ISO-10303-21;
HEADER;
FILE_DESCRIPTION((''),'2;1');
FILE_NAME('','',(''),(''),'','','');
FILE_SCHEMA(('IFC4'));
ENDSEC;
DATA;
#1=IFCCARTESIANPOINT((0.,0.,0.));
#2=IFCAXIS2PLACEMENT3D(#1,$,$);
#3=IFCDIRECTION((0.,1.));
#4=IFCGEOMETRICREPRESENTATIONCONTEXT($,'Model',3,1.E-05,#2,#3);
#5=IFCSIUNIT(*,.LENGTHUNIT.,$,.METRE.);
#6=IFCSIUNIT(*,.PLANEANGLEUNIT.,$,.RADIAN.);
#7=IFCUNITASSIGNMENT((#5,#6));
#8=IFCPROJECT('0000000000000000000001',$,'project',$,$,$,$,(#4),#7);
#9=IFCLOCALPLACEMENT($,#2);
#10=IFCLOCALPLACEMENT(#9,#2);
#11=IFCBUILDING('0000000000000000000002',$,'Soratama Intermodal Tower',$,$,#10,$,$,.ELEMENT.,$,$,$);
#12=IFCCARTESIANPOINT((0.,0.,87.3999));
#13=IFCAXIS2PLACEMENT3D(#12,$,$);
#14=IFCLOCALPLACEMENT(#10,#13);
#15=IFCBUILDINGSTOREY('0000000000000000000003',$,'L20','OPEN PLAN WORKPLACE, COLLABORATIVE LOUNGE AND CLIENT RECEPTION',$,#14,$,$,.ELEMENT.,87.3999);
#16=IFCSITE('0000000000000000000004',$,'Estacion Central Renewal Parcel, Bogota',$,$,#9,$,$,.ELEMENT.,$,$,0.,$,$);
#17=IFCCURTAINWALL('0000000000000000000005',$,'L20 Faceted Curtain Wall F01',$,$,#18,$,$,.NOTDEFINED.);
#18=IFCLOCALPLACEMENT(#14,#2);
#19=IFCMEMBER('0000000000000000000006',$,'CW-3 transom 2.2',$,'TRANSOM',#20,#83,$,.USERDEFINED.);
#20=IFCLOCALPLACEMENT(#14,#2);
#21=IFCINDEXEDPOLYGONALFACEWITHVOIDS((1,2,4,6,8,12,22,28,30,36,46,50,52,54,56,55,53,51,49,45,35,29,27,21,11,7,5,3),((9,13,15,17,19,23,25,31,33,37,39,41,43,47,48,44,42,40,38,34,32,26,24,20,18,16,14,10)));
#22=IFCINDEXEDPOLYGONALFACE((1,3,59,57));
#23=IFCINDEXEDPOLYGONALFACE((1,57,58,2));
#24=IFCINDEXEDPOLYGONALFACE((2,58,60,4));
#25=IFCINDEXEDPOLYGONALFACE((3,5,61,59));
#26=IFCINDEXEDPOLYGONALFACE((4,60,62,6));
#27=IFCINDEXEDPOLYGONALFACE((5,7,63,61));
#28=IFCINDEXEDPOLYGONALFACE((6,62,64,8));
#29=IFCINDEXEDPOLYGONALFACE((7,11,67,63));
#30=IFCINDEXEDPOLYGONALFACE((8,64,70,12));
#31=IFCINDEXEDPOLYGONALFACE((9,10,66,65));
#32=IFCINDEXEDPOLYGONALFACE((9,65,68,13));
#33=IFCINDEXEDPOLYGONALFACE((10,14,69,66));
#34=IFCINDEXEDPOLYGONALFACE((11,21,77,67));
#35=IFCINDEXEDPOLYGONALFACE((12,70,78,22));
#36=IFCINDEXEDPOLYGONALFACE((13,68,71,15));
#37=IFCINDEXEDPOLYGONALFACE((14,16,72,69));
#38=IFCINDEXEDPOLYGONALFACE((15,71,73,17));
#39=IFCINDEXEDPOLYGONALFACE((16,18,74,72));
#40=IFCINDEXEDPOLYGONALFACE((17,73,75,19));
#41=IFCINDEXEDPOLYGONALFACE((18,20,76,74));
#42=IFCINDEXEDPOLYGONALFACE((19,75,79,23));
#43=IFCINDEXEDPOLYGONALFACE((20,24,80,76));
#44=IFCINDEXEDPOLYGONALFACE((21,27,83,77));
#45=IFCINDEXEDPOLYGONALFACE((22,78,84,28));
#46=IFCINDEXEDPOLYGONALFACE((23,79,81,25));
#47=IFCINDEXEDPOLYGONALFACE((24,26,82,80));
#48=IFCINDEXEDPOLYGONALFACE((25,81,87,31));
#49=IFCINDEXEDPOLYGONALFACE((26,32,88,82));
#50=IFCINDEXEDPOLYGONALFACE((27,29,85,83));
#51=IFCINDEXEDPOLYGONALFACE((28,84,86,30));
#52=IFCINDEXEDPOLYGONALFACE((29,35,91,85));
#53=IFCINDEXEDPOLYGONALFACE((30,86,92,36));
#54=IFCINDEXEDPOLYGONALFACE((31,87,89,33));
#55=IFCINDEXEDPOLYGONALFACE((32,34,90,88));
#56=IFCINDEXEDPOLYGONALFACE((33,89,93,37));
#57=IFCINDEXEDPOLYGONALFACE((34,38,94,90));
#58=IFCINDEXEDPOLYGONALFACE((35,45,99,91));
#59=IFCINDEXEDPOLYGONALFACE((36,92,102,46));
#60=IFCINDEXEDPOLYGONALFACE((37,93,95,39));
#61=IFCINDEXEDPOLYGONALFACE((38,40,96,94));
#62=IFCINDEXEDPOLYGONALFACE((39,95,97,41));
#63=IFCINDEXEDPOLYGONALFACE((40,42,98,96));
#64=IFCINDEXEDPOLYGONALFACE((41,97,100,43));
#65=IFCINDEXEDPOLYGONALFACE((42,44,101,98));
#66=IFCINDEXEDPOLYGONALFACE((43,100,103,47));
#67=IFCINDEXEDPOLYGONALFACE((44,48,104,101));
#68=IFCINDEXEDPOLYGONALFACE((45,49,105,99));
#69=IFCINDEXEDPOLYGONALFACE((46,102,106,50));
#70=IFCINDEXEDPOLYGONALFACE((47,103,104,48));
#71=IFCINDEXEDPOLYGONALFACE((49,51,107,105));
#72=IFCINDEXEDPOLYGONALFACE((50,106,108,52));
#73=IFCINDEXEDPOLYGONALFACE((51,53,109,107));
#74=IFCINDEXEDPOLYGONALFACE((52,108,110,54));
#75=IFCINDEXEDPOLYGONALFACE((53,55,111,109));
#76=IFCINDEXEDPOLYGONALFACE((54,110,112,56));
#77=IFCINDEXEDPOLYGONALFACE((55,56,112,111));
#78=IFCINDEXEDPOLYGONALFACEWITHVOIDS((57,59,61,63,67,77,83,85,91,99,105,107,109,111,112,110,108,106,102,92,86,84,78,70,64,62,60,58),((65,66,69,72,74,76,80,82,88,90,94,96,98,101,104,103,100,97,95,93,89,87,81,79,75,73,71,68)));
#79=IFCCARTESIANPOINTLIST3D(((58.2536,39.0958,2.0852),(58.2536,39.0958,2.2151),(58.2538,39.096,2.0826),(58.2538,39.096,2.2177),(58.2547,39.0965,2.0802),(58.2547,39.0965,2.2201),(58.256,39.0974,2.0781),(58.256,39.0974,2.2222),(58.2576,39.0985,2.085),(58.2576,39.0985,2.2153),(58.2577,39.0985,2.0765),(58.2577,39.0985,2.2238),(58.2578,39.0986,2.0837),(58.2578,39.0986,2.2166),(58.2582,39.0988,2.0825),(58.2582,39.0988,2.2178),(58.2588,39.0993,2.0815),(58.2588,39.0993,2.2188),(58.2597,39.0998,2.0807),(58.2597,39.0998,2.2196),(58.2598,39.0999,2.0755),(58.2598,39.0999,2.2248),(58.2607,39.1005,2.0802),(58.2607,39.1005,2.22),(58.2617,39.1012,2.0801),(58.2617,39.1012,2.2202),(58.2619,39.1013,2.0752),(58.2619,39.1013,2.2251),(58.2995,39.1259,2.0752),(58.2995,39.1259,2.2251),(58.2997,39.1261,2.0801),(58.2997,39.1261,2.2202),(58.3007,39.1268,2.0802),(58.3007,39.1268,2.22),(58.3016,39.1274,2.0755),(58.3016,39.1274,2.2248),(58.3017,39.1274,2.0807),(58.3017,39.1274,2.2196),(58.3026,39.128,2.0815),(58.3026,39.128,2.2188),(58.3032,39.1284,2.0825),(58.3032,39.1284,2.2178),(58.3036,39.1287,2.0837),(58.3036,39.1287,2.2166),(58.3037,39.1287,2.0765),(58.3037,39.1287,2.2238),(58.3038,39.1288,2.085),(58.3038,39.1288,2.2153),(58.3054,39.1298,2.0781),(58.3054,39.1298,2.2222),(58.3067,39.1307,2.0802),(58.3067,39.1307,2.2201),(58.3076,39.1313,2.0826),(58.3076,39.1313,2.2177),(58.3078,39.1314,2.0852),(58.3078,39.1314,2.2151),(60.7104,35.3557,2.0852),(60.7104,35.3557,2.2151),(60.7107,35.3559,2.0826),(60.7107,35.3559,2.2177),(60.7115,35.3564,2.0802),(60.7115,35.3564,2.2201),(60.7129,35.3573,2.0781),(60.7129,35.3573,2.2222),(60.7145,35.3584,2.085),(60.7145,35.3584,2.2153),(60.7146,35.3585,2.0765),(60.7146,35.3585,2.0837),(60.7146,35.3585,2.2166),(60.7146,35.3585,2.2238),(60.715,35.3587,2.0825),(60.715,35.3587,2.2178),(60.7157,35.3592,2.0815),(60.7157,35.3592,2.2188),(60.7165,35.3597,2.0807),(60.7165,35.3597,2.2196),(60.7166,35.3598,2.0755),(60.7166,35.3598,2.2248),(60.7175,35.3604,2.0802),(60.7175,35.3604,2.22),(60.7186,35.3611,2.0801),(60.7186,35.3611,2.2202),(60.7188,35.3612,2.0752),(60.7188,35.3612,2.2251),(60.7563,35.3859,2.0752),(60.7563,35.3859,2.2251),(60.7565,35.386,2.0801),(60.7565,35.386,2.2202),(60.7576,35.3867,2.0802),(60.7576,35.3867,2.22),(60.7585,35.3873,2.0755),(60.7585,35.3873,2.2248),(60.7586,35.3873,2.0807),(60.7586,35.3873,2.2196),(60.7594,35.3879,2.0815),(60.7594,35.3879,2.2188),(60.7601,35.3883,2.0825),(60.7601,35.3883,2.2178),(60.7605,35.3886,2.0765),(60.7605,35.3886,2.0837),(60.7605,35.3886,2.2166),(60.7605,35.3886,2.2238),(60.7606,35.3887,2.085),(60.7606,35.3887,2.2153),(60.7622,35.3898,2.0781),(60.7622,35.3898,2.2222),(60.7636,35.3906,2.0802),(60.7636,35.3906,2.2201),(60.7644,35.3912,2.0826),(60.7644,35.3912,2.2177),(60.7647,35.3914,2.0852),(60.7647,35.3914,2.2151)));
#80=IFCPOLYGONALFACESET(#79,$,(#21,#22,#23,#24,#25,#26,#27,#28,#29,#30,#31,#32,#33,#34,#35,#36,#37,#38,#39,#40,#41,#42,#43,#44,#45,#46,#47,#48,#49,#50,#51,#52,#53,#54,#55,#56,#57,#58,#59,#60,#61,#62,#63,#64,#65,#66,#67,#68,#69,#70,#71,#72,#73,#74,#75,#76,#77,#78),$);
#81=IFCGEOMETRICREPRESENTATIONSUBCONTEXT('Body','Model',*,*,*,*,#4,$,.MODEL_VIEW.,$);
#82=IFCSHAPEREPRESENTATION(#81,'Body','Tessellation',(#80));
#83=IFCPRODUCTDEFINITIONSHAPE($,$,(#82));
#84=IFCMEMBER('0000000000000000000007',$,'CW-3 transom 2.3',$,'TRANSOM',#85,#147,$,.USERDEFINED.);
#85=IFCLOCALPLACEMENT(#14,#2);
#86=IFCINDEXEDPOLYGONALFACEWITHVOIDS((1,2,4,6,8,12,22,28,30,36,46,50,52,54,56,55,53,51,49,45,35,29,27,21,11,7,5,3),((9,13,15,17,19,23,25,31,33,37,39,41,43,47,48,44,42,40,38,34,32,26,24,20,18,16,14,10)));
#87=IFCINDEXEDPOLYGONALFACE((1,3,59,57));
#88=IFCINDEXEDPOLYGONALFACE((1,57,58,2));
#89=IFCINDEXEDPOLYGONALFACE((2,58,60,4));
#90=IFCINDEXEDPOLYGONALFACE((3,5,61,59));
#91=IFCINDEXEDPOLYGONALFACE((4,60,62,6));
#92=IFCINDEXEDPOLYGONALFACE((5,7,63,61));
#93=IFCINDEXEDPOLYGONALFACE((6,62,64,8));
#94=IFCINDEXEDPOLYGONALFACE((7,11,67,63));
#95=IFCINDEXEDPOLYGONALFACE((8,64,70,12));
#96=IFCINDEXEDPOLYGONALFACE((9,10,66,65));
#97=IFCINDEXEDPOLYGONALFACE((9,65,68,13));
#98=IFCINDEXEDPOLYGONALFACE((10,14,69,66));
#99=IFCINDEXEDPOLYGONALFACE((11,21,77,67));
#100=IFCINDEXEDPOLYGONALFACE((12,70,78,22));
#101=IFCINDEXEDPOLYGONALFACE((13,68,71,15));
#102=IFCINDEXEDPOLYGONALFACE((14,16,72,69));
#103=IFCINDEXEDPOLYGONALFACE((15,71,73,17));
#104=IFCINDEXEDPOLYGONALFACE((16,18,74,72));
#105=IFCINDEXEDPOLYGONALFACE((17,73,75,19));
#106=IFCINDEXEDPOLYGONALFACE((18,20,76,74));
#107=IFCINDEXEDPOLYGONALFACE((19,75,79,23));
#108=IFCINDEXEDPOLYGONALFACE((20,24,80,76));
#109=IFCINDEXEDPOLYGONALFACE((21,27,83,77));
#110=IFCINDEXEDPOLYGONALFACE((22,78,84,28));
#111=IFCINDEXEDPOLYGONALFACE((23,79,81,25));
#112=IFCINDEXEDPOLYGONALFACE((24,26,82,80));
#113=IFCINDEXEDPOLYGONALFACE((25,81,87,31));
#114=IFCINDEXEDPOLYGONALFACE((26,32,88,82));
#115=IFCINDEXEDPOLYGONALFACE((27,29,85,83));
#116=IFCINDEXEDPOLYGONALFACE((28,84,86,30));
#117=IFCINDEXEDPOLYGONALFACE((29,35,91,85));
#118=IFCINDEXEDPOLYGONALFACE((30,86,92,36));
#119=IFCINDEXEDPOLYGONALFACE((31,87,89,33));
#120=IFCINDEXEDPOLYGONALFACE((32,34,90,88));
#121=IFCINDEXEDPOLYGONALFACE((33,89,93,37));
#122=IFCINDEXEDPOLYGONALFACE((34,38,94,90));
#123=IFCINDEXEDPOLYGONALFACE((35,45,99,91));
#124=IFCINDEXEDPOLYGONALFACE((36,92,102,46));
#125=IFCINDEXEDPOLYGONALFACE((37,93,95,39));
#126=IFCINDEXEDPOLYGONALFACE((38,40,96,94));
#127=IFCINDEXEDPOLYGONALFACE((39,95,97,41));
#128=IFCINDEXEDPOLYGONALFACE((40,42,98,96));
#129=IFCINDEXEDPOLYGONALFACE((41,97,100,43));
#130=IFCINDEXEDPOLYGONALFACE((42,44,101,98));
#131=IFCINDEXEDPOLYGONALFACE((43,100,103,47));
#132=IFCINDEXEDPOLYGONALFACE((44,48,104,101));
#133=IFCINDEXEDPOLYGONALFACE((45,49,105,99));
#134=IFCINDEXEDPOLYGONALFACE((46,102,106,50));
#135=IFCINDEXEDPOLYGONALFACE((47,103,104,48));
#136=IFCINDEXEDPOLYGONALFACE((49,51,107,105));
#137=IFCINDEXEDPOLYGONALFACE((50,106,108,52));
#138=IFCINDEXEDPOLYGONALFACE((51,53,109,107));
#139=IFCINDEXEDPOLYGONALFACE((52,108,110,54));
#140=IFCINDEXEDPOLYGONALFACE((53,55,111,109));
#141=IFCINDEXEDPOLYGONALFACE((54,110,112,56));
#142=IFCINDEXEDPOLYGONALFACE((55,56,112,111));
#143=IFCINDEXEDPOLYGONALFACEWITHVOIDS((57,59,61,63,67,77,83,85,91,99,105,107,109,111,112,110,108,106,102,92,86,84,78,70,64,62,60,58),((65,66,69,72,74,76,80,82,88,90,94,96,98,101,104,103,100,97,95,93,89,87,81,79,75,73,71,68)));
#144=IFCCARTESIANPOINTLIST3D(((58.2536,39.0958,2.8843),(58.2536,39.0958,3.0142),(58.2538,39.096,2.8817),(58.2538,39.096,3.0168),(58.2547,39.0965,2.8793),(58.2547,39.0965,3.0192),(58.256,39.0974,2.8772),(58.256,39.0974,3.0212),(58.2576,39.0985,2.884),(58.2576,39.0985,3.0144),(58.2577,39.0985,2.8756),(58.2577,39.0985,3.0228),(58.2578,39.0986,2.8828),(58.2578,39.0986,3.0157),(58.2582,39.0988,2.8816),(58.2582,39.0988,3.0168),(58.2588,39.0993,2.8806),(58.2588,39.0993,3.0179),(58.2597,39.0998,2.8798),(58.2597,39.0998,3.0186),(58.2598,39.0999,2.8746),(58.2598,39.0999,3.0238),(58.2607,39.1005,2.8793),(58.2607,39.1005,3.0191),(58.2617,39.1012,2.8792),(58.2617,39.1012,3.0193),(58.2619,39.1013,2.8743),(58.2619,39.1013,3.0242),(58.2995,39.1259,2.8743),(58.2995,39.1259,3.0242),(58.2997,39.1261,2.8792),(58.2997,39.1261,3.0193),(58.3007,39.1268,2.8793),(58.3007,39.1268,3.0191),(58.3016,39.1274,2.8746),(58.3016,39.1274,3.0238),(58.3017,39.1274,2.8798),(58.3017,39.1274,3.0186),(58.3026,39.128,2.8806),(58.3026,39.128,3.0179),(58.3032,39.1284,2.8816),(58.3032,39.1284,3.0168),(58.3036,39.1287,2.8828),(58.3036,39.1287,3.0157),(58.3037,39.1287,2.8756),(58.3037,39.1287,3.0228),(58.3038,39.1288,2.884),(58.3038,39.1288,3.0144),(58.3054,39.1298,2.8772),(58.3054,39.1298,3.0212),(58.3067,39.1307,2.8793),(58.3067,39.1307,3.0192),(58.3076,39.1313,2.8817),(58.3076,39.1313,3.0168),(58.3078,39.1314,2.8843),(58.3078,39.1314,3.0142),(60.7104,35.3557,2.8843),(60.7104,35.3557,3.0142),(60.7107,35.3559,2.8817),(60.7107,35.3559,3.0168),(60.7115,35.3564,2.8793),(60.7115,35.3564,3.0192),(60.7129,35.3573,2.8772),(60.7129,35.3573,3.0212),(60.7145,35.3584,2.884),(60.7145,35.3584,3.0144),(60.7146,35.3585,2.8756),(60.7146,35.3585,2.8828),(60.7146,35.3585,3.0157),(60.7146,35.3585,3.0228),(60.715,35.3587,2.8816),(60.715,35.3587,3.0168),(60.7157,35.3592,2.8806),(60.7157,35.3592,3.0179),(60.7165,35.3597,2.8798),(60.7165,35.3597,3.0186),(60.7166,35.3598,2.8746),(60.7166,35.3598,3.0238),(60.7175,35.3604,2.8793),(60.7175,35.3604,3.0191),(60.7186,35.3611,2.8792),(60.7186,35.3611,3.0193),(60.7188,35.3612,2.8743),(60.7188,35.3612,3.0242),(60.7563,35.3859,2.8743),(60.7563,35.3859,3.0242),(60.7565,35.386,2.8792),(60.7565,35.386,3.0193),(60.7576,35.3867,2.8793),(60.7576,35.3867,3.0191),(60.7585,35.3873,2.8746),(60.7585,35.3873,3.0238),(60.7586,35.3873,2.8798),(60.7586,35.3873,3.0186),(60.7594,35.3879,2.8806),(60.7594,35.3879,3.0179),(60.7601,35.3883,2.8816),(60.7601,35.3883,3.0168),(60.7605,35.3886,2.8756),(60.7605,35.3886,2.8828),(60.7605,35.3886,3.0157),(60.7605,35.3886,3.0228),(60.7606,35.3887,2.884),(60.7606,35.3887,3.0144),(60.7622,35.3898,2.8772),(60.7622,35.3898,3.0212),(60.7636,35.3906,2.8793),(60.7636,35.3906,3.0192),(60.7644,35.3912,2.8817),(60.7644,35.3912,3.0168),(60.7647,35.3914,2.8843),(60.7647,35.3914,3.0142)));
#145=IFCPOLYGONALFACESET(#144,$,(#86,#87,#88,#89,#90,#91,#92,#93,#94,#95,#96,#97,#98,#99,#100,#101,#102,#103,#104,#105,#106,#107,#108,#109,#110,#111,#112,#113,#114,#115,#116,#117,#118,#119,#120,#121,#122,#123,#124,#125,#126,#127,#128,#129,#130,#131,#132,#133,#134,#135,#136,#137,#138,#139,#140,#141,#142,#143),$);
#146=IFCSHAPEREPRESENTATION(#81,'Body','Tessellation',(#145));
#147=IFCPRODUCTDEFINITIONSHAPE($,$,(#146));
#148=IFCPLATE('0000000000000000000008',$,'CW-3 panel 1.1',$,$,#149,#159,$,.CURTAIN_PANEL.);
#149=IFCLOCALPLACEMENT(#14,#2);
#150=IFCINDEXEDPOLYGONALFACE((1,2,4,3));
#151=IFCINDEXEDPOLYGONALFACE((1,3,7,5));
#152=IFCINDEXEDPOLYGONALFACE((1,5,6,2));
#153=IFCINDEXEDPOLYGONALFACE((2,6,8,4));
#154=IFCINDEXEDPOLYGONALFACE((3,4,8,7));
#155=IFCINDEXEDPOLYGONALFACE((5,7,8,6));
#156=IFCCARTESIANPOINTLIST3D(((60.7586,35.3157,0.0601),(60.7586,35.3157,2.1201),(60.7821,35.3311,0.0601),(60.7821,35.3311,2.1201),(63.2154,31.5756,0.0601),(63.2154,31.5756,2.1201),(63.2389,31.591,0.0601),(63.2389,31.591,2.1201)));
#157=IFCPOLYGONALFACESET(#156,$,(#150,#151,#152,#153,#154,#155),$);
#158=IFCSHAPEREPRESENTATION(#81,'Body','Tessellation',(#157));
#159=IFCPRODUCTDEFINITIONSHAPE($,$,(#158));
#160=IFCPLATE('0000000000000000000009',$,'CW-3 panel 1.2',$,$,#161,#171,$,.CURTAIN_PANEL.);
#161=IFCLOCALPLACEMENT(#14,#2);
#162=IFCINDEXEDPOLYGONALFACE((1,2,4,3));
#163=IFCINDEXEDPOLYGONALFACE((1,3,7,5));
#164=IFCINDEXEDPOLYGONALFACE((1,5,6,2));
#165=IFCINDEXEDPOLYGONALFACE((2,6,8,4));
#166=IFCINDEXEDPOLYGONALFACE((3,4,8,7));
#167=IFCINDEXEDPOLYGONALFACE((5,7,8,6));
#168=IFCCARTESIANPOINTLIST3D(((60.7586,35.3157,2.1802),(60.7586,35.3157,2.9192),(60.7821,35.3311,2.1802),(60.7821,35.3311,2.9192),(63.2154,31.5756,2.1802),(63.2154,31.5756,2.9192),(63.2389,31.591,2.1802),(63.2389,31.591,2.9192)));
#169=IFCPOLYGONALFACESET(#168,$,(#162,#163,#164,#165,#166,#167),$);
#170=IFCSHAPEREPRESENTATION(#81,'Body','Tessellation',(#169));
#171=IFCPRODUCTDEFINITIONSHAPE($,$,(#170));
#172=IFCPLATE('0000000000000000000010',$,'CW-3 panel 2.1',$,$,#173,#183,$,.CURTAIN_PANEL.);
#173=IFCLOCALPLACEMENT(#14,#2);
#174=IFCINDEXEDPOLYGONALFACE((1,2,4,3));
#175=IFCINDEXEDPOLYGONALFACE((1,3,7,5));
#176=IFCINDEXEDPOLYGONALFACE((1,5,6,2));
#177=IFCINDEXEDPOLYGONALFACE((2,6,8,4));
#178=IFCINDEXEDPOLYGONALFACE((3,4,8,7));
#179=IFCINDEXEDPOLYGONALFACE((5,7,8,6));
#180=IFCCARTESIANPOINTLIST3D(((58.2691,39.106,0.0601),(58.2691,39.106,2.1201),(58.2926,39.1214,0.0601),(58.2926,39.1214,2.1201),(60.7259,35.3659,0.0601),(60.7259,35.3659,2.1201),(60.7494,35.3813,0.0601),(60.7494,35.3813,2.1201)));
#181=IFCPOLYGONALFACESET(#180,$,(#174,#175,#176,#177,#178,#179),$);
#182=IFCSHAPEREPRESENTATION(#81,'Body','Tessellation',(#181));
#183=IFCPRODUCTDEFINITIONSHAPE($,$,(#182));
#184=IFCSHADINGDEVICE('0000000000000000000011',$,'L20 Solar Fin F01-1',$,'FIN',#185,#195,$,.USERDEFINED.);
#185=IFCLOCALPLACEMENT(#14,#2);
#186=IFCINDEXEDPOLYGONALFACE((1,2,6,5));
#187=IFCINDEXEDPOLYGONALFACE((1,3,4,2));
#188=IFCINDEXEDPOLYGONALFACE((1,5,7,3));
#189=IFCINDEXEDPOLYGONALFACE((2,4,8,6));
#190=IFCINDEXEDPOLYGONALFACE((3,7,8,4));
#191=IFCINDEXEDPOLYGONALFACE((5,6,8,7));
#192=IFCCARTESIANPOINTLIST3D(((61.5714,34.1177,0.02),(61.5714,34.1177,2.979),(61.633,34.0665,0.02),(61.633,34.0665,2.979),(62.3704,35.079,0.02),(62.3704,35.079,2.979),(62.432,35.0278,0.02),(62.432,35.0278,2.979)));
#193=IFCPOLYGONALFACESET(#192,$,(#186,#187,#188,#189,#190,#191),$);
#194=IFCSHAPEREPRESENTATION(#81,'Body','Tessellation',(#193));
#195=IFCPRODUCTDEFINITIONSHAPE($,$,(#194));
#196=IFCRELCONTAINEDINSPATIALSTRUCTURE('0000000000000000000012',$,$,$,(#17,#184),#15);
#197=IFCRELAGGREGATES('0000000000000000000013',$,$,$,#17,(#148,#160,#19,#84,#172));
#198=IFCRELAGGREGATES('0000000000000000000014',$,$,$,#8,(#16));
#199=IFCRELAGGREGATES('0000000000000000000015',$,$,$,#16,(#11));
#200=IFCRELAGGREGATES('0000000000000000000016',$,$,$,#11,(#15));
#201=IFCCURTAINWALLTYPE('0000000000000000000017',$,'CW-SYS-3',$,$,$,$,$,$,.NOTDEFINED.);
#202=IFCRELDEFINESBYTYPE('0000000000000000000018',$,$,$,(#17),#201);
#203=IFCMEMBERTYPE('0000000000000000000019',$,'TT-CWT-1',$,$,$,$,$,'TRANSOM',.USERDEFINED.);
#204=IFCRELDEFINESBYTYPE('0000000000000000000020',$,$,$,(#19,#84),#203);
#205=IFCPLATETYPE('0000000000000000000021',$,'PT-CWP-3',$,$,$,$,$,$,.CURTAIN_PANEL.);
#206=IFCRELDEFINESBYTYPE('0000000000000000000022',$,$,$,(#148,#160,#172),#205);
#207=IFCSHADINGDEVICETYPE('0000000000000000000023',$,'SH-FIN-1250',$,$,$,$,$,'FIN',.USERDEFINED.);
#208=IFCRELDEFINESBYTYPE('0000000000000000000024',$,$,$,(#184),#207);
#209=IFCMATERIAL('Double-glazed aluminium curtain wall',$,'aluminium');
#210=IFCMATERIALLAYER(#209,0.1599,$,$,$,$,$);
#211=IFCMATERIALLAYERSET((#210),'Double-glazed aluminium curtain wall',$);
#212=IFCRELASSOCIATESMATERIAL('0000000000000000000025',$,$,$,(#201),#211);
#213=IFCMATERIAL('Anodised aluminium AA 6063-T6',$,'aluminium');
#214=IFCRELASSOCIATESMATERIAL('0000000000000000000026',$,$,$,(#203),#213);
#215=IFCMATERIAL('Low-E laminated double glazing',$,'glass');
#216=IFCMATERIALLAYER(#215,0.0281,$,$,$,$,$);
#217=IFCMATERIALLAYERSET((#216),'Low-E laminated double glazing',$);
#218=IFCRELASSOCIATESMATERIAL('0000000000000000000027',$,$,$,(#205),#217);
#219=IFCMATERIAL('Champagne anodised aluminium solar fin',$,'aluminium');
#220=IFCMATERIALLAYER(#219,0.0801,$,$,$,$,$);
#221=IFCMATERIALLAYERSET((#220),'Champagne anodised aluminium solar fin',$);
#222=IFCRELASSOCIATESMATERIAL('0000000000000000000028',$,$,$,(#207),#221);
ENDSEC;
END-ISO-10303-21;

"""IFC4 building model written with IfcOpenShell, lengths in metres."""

from ifc_helpers import new_model, si_unit, direction, frame, origin, origin_2d, place, context, subcontext, project, spatial, rectangle, hollow_rectangle, extrude, material, layer, layer_set, material_profile, profile_set, type_object, element, aggregate, save


model = new_model("IFC4")

# Units and contexts
model_context = context("Model", 3, precision=1e-05, world=origin(), true_north=direction((0.0, 1.0)))
body_context = subcontext(model_context, "Body", "Model", "MODEL_VIEW")
ifc_project = project(units=[si_unit("LENGTHUNIT", "METRE"), si_unit("PLANEANGLEUNIT", "RADIAN")], contexts=[model_context])

# Site, building, storey
site_placement = place(None, origin())
site = spatial("IfcSite", under=ifc_project, at=site_placement, Name="Estacion Central Renewal Parcel, Bogota", CompositionType="ELEMENT", RefElevation=0.0)
building_placement = place(site_placement, origin())
building = spatial("IfcBuilding", under=site, at=building_placement, Name="Soratama Intermodal Tower", CompositionType="ELEMENT")
storey_placement = place(building_placement, frame((0.0, 0.0, 87.3999)))
storey = spatial("IfcBuildingStorey", under=building, at=storey_placement, Name="L20", Description="OPEN PLAN WORKPLACE, COLLABORATIVE LOUNGE AND CLIENT RECEPTION", CompositionType="ELEMENT", Elevation=87.3999)

# Curtain wall, members, plates
ifc_material_1 = material(Name="Double-glazed aluminium curtain wall", Category="aluminium")
ifc_layer_1 = layer(ifc_material_1, 0.1599)
ifc_layer_set_1 = layer_set([ifc_layer_1], Name="Double-glazed aluminium curtain wall")
curtain_wall_type = type_object("IfcCurtainWallType", Name="CW-SYS-3", PredefinedType="NOTDEFINED", material=ifc_layer_set_1)
curtain_wall_placement = place(storey_placement, origin())
curtain_wall = element("IfcCurtainWall", 1, at=curtain_wall_placement, inside=storey, type_object=curtain_wall_type, Name="L20 Faceted Curtain Wall F01", PredefinedType="NOTDEFINED")
ifc_material_2 = material(Name="Anodised aluminium AA 6063-T6", Category="aluminium")
ifc_material_profile_1 = material_profile(ifc_material_2, hollow_rectangle(XDim=0.0649, YDim=0.1499, WallThickness=0.0049, InnerFilletRadius=0.0049, OuterFilletRadius=0.01, at=origin_2d()), Name="CWT150X65X5")
ifc_profile_set_1 = profile_set([ifc_material_profile_1], Name="Anodised aluminium AA 6063-T6")
member_type_1 = type_object("IfcMemberType", Name="TT-CWT-1", ElementType="TRANSOM", PredefinedType="USERDEFINED", material=ifc_profile_set_1)
member_1_placement = place(storey_placement, frame((60.7375, 35.3735, 2.1501), z_axis=(-0.549034, 0.8358, 0.0), x_axis=(-0.8358, -0.549034, 0.0)))
member_1 = element("IfcMember", 2, at=member_1_placement, type_object=member_type_1, Name="CW-3 transom 2.2", ObjectType="TRANSOM", PredefinedType="USERDEFINED", context=body_context, shape_type="SweptSolid", body=[
    extrude(hollow_rectangle(XDim=0.0649, YDim=0.1499, WallThickness=0.0049, InnerFilletRadius=0.0049, OuterFilletRadius=0.01, at=origin_2d()), origin(), (0.0, 0.0, 1.0), 4.4749),
])
member_2_placement = place(storey_placement, frame((60.7375, 35.3735, 2.9492), z_axis=(-0.549034, 0.8358, 0.0), x_axis=(-0.8358, -0.549034, 0.0)))
member_2 = element("IfcMember", 3, at=member_2_placement, type_object=member_type_1, Name="CW-3 transom 2.3", ObjectType="TRANSOM", PredefinedType="USERDEFINED", context=body_context, shape_type="SweptSolid", body=[
    extrude(hollow_rectangle(XDim=0.0649, YDim=0.1499, WallThickness=0.0049, InnerFilletRadius=0.0049, OuterFilletRadius=0.01, at=origin_2d()), origin(), (0.0, 0.0, 1.0), 4.4749),
])
ifc_material_3 = material(Name="Low-E laminated double glazing", Category="glass")
ifc_layer_2 = layer(ifc_material_3, 0.0281)
ifc_layer_set_2 = layer_set([ifc_layer_2], Name="Low-E laminated double glazing")
plate_type = type_object("IfcPlateType", Name="PT-CWP-3", PredefinedType="CURTAIN_PANEL", material=ifc_layer_set_2)
plate_1_placement = place(storey_placement, frame((61.9988, 33.4534, 0.0601), z_axis=(0.0, 0.0, 1.0), x_axis=(-0.549023, 0.835807, 0.0)))
plate_1 = element("IfcPlate", 4, at=plate_1_placement, type_object=plate_type, Name="CW-3 panel 1.1", PredefinedType="CURTAIN_PANEL", context=body_context, shape_type="SweptSolid", body=[
    extrude(rectangle(XDim=4.4749, YDim=0.0281, at=origin_2d()), origin(), (0.0, 0.0, 1.0), 2.0601),
])
plate_2_placement = place(storey_placement, frame((61.9988, 33.4534, 2.1802), z_axis=(0.0, 0.0, 1.0), x_axis=(-0.549023, 0.835807, 0.0)))
plate_2 = element("IfcPlate", 5, at=plate_2_placement, type_object=plate_type, Name="CW-3 panel 1.2", PredefinedType="CURTAIN_PANEL", context=body_context, shape_type="SweptSolid", body=[
    extrude(rectangle(XDim=4.4749, YDim=0.0281, at=origin_2d()), origin(), (0.0, 0.0, 1.0), 0.739),
])
plate_3_placement = place(storey_placement, frame((59.5093, 37.2437, 0.0601), z_axis=(0.0, 0.0, 1.0), x_axis=(-0.549023, 0.835807, 0.0)))
plate_3 = element("IfcPlate", 6, at=plate_3_placement, type_object=plate_type, Name="CW-3 panel 2.1", PredefinedType="CURTAIN_PANEL", context=body_context, shape_type="SweptSolid", body=[
    extrude(rectangle(XDim=4.4749, YDim=0.0281, at=origin_2d()), origin(), (0.0, 0.0, 1.0), 2.0601),
])
aggregate(curtain_wall, [plate_1, plate_2, member_1, member_2, plate_3])

# Shading device
ifc_material_4 = material(Name="Champagne anodised aluminium solar fin", Category="aluminium")
ifc_layer_3 = layer(ifc_material_4, 0.0801)
ifc_layer_set_3 = layer_set([ifc_layer_3], Name="Champagne anodised aluminium solar fin")
shading_device_type = type_object("IfcShadingDeviceType", Name="SH-FIN-1250", ElementType="FIN", PredefinedType="USERDEFINED", material=ifc_layer_set_3)
for number, where, z_axis, x_axis, name in (
    (7, (62.0017, 34.5728, 0.02), (0.0, 0.0, 1.0), (0.639171, 0.769065, 0.0), "L20 Solar Fin F01-1"),
):
    element("IfcShadingDevice", number, at=place(storey_placement, frame(where, z_axis=z_axis, x_axis=x_axis)), inside=storey, type_object=shading_device_type, Name=name, ObjectType="FIN", PredefinedType="USERDEFINED", context=body_context, shape_type="SweptSolid", body=[
        extrude(rectangle(XDim=1.25, YDim=0.0801, at=origin_2d()), origin(), (0.0, 0.0, 1.0), 2.959),
    ])

save(model, "model.ifc")
